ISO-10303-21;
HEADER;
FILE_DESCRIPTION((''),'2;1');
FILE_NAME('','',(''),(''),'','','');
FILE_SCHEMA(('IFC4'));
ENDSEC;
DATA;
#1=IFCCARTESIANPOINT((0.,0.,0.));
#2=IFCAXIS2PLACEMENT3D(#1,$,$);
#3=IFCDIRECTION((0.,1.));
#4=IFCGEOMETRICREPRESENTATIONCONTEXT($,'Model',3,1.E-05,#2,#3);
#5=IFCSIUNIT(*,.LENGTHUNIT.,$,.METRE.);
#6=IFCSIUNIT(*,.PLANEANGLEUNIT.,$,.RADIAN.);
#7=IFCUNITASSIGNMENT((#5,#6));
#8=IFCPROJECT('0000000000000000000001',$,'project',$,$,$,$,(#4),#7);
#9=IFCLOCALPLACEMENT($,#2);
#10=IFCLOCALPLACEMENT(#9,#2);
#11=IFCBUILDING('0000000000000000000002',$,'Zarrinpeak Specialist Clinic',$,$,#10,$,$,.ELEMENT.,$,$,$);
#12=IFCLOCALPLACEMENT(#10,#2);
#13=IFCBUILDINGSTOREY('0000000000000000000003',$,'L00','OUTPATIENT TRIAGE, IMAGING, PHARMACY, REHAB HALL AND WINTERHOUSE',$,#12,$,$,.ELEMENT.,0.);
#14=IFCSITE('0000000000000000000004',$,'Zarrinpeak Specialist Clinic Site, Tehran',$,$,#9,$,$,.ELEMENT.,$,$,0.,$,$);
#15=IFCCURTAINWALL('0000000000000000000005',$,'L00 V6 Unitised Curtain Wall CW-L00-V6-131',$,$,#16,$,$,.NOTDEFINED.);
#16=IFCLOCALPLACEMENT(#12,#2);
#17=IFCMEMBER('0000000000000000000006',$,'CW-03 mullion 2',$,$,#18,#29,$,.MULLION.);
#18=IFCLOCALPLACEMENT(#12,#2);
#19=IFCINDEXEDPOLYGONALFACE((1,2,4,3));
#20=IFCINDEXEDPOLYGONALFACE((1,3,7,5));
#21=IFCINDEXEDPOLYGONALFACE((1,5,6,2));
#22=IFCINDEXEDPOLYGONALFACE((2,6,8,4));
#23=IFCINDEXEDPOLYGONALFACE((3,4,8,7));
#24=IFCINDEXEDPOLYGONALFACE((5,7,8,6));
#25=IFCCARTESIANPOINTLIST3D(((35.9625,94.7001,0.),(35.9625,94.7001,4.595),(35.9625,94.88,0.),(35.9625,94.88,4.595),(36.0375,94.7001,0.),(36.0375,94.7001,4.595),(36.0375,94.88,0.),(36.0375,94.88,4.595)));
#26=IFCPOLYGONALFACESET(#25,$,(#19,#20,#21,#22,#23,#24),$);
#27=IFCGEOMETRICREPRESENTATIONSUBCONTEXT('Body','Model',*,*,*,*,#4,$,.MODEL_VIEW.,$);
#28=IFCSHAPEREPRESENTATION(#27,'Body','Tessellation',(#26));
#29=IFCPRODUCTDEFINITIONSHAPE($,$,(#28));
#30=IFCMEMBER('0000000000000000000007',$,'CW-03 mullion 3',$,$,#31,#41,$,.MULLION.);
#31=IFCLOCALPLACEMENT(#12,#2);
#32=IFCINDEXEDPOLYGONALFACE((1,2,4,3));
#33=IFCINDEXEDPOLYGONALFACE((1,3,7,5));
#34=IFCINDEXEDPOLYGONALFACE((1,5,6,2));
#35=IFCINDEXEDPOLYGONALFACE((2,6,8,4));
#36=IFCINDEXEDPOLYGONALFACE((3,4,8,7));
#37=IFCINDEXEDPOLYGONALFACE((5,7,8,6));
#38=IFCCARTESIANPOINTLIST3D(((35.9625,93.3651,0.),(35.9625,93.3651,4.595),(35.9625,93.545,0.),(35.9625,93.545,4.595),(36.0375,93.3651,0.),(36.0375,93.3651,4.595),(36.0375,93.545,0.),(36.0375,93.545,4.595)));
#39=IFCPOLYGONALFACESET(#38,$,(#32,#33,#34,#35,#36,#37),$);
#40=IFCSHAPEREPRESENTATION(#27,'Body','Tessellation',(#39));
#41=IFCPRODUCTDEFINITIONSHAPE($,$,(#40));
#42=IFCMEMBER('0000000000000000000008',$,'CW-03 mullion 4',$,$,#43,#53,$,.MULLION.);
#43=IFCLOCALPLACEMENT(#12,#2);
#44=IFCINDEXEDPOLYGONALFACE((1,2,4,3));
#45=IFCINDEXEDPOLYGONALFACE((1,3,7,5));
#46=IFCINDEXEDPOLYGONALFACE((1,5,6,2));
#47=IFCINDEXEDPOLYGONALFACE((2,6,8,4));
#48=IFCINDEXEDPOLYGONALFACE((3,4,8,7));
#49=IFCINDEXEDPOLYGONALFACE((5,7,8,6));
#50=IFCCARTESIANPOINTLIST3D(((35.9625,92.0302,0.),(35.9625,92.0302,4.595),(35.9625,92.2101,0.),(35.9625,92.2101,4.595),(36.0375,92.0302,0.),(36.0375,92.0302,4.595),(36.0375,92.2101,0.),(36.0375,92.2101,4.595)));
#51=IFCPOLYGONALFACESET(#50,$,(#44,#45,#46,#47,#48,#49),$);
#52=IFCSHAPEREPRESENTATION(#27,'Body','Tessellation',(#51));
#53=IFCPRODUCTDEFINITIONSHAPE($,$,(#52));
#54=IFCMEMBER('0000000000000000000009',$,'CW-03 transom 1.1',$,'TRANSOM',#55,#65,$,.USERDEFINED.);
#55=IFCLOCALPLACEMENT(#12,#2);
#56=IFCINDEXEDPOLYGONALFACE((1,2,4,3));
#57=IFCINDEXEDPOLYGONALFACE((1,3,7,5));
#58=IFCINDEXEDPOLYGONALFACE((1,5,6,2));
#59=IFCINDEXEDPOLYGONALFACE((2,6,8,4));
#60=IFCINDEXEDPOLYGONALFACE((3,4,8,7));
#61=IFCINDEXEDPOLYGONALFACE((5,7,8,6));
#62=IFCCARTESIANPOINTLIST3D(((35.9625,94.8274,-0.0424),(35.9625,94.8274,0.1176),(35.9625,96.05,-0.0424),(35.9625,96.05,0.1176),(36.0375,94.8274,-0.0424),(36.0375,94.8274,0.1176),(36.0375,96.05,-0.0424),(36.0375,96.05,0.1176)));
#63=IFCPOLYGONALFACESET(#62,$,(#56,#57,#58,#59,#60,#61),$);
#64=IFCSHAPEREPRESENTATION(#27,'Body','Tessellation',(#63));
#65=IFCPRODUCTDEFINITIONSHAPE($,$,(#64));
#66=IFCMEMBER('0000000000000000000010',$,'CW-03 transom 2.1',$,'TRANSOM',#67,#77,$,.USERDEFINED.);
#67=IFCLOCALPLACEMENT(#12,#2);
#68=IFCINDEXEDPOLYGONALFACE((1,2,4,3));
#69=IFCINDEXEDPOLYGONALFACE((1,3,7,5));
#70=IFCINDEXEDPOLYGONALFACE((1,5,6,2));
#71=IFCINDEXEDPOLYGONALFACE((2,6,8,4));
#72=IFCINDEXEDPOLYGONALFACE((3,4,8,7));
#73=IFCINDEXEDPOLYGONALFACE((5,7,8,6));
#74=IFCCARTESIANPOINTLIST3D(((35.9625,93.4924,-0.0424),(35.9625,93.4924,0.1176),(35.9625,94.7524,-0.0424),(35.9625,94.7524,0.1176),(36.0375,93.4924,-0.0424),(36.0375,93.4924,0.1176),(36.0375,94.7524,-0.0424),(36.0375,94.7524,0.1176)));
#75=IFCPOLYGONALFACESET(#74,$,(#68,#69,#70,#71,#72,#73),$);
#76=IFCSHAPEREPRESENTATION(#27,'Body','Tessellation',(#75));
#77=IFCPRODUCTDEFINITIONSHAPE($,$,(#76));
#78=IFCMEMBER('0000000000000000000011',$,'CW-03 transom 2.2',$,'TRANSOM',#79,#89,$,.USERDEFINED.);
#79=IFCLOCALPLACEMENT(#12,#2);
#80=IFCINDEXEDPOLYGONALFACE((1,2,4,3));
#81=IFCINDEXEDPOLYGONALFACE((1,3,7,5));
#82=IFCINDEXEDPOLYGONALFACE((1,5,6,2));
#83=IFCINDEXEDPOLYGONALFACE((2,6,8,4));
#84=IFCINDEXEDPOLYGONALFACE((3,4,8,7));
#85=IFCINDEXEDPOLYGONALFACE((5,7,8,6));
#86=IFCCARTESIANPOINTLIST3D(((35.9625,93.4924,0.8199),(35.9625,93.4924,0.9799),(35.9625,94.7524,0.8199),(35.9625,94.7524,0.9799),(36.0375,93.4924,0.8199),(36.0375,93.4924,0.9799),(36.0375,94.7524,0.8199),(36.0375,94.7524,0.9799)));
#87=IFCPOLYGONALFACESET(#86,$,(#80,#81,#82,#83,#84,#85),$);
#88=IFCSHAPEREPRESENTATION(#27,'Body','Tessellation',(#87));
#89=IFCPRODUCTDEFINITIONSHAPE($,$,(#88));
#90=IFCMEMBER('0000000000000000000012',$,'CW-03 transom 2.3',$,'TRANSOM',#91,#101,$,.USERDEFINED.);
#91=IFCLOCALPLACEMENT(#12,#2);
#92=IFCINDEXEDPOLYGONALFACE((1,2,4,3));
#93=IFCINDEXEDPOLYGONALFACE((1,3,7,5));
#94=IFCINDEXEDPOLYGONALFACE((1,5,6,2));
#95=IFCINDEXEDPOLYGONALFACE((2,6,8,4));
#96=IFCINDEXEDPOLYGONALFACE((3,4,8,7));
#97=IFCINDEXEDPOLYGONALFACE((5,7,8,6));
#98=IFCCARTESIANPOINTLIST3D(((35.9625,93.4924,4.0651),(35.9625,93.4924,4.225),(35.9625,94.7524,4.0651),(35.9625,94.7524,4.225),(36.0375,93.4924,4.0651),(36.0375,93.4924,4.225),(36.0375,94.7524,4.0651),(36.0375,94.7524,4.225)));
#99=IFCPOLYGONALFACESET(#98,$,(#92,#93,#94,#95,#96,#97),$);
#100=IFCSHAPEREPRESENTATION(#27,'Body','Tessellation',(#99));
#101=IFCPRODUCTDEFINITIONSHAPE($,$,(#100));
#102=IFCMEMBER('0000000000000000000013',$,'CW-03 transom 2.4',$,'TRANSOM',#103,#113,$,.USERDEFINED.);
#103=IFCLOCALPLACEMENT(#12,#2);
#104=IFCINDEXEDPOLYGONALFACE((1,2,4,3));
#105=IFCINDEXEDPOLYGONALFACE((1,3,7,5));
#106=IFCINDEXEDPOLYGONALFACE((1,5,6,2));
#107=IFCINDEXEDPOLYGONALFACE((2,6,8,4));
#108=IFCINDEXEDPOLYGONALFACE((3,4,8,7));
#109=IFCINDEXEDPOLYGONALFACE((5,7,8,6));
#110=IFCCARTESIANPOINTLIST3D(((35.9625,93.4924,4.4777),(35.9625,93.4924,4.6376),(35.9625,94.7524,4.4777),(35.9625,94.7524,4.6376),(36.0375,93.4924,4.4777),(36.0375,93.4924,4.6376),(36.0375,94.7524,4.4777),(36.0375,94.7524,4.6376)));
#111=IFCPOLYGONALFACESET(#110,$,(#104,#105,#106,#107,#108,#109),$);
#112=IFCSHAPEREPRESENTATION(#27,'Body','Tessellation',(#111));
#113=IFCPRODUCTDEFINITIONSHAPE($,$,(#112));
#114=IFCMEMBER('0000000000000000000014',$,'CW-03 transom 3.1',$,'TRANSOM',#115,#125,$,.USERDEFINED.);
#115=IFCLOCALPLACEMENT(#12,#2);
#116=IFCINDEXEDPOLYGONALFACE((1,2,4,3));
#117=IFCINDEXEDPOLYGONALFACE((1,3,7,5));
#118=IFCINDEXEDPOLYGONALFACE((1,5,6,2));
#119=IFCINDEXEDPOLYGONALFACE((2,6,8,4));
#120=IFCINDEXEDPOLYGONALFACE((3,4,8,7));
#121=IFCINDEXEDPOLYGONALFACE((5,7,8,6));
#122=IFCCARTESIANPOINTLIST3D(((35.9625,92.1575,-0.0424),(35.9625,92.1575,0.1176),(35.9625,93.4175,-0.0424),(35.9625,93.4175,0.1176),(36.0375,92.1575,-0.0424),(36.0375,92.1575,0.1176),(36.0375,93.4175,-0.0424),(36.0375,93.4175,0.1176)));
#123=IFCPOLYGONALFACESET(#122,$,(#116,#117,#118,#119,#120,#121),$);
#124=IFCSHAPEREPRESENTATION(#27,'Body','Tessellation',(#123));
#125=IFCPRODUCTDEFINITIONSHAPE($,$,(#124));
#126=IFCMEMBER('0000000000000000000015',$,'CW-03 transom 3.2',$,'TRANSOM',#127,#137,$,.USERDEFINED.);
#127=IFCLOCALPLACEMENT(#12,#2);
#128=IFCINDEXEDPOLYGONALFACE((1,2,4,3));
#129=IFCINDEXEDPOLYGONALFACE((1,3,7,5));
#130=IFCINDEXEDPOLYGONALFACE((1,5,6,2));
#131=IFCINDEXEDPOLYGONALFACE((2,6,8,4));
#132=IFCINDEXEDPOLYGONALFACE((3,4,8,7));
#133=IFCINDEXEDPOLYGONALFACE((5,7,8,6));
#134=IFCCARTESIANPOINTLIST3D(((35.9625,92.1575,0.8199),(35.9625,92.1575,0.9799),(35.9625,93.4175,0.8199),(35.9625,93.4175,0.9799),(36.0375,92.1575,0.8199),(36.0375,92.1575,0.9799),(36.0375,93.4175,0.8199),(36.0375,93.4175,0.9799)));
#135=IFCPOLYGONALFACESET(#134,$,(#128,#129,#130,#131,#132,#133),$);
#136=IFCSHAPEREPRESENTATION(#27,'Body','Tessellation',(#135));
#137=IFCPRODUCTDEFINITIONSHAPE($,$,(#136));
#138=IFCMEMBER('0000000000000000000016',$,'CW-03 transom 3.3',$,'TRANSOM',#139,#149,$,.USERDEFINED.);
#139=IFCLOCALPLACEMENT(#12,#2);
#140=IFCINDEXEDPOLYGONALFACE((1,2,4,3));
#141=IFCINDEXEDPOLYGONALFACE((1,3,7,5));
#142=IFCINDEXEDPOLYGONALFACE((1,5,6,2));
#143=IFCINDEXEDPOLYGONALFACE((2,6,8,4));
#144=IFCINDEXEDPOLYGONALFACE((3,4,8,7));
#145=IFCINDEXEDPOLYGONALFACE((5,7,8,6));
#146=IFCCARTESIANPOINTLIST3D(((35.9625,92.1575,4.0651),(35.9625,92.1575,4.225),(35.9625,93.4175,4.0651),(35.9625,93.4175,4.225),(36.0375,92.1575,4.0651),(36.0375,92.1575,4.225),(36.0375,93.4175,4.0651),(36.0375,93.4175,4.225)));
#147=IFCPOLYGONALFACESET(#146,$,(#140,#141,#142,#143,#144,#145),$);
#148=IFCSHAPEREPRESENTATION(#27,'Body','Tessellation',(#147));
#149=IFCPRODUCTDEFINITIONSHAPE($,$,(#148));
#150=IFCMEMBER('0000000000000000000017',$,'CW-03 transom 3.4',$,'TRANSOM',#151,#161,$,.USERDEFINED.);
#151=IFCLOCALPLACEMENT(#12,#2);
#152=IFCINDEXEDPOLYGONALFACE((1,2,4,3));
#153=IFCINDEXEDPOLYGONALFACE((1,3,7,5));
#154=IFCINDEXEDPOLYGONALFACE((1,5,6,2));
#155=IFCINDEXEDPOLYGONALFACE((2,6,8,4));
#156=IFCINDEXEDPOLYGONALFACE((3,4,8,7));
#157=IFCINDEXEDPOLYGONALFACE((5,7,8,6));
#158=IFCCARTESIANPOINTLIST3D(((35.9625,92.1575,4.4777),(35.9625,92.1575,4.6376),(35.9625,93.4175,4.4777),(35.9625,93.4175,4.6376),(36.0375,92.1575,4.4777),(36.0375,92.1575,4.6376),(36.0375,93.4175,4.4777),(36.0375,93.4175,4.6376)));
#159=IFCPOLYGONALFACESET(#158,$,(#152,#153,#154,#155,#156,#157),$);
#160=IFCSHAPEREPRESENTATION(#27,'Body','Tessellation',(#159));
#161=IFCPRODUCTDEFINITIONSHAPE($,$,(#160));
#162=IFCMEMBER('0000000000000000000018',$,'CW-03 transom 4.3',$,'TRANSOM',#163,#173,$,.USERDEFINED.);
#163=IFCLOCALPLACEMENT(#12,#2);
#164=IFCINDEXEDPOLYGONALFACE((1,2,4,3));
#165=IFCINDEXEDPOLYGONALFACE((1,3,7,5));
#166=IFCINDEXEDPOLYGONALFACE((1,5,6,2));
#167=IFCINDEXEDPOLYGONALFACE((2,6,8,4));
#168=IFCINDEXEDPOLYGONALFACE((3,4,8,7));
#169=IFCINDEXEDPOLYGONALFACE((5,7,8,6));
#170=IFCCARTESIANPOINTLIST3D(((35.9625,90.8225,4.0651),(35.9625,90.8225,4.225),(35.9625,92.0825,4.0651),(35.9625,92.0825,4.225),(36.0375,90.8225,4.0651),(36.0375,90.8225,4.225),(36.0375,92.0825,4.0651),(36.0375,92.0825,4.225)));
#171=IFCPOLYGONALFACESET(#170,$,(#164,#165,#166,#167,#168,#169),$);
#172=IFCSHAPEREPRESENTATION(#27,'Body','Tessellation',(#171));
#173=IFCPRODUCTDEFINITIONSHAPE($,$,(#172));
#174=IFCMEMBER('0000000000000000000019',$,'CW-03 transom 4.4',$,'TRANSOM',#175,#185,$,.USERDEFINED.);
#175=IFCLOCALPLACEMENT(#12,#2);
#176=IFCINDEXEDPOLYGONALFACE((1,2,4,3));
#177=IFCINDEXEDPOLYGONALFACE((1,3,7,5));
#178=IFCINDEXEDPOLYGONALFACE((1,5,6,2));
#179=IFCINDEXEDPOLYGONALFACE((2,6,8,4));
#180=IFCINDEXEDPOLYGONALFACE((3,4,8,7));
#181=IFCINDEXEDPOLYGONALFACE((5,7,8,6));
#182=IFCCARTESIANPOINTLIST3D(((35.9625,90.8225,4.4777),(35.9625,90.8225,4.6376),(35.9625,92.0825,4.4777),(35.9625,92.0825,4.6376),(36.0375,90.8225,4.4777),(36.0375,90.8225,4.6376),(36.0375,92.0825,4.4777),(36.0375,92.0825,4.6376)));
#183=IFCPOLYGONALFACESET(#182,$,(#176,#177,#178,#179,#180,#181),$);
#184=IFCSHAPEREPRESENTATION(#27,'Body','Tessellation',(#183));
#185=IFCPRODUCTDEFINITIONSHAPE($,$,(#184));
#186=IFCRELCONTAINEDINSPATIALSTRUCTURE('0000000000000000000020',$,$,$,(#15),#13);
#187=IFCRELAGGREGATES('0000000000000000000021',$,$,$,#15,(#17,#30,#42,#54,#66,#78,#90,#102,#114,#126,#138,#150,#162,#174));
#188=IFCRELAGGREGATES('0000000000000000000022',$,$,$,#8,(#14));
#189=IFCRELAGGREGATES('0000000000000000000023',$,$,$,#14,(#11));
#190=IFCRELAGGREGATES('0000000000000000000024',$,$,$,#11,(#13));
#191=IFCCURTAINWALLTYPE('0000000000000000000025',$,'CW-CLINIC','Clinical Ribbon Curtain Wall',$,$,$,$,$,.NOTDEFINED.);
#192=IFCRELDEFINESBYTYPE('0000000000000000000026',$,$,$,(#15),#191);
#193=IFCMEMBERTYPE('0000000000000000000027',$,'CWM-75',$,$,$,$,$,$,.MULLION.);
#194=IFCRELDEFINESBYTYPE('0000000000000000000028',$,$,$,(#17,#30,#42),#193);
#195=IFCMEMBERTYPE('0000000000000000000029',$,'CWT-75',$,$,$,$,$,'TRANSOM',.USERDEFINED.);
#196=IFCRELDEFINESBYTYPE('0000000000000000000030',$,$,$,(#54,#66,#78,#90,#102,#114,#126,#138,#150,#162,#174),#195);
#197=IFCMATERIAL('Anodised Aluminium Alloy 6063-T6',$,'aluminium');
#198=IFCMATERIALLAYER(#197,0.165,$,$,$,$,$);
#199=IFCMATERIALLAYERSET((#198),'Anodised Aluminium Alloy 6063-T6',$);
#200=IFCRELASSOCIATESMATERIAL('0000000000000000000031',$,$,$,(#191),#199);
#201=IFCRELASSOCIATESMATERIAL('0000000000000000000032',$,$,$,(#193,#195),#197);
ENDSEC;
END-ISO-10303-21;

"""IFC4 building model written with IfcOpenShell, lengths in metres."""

from ifc_helpers import new_model, si_unit, direction, frame, origin, origin_2d, place, context, subcontext, project, spatial, rectangle, extrude, material, layer, layer_set, material_profile, profile_set, type_object, element, aggregate, save


model = new_model("IFC4")

# Units and contexts
model_context = context("Model", 3, precision=1e-05, world=origin(), true_north=direction((0.0, 1.0)))
body_context = subcontext(model_context, "Body", "Model", "MODEL_VIEW")
ifc_project = project(units=[si_unit("LENGTHUNIT", "METRE"), si_unit("PLANEANGLEUNIT", "RADIAN")], contexts=[model_context])

# Site, building, storey
site_placement = place(None, origin())
site = spatial("IfcSite", under=ifc_project, at=site_placement, Name="Zarrinpeak Specialist Clinic Site, Tehran", CompositionType="ELEMENT", RefElevation=0.0)
building_placement = place(site_placement, origin())
building = spatial("IfcBuilding", under=site, at=building_placement, Name="Zarrinpeak Specialist Clinic", CompositionType="ELEMENT")
storey_placement = place(building_placement, origin())
storey = spatial("IfcBuildingStorey", under=building, at=storey_placement, Name="L00", Description="OUTPATIENT TRIAGE, IMAGING, PHARMACY, REHAB HALL AND WINTERHOUSE", CompositionType="ELEMENT", Elevation=0.0)

# Curtain wall, members
ifc_material_1 = material(Name="Anodised Aluminium Alloy 6063-T6", Category="aluminium")
ifc_layer_1 = layer(ifc_material_1, 0.165)
ifc_layer_set_1 = layer_set([ifc_layer_1], Name="Anodised Aluminium Alloy 6063-T6")
curtain_wall_type = type_object("IfcCurtainWallType", Name="CW-CLINIC", Description="Clinical Ribbon Curtain Wall", PredefinedType="NOTDEFINED", material=ifc_layer_set_1)
curtain_wall_placement = place(storey_placement, origin())
curtain_wall = element("IfcCurtainWall", 1, at=curtain_wall_placement, inside=storey, type_object=curtain_wall_type, Name="L00 V6 Unitised Curtain Wall CW-L00-V6-131", PredefinedType="NOTDEFINED")
ifc_material_profile_1 = material_profile(ifc_material_1, rectangle(XDim=0.075, YDim=0.1799, at=origin_2d()), Name="ALU 75x180")
ifc_profile_set_1 = profile_set([ifc_material_profile_1], Name="Anodised Aluminium Alloy 6063-T6")
member_type_1 = type_object("IfcMemberType", Name="CWM-75", PredefinedType="MULLION", material=ifc_profile_set_1)
member_1_placement = place(storey_placement, frame((36.0, 94.79, 0.0), z_axis=(0.0, 0.0, 1.0), x_axis=(1.0, 0.0, 0.0)))
member_1 = element("IfcMember", 2, at=member_1_placement, type_object=member_type_1, Name="CW-03 mullion 2", PredefinedType="MULLION", context=body_context, shape_type="SweptSolid", body=[
    extrude(rectangle(XDim=0.075, YDim=0.1799, at=origin_2d()), origin(), (0.0, 0.0, 1.0), 4.595),
])
member_2_placement = place(storey_placement, frame((36.0, 93.4551, 0.0), z_axis=(0.0, 0.0, 1.0), x_axis=(1.0, 0.0, 0.0)))
member_2 = element("IfcMember", 3, at=member_2_placement, type_object=member_type_1, Name="CW-03 mullion 3", PredefinedType="MULLION", context=body_context, shape_type="SweptSolid", body=[
    extrude(rectangle(XDim=0.075, YDim=0.1799, at=origin_2d()), origin(), (0.0, 0.0, 1.0), 4.595),
])
member_3_placement = place(storey_placement, frame((36.0, 92.1201, 0.0), z_axis=(0.0, 0.0, 1.0), x_axis=(1.0, 0.0, 0.0)))
member_3 = element("IfcMember", 4, at=member_3_placement, type_object=member_type_1, Name="CW-03 mullion 4", PredefinedType="MULLION", context=body_context, shape_type="SweptSolid", body=[
    extrude(rectangle(XDim=0.075, YDim=0.1799, at=origin_2d()), origin(), (0.0, 0.0, 1.0), 4.595),
])
ifc_material_profile_2 = material_profile(ifc_material_1, rectangle(XDim=0.075, YDim=0.1599, at=origin_2d()), Name="ALU 75x160")
ifc_profile_set_2 = profile_set([ifc_material_profile_2], Name="Anodised Aluminium Alloy 6063-T6")
member_type_2 = type_object("IfcMemberType", Name="CWT-75", ElementType="TRANSOM", PredefinedType="USERDEFINED", material=ifc_profile_set_2)
member_4_placement = place(storey_placement, frame((36.0, 96.05, 0.0376), z_axis=(0.0, -1.0, 0.0), x_axis=(1.0, 0.0, 0.0)))
member_4 = element("IfcMember", 5, at=member_4_placement, type_object=member_type_2, Name="CW-03 transom 1.1", ObjectType="TRANSOM", PredefinedType="USERDEFINED", context=body_context, shape_type="SweptSolid", body=[
    extrude(rectangle(XDim=0.075, YDim=0.1599, at=origin_2d()), origin(), (0.0, 0.0, 1.0), 1.2227),
])
member_5_placement = place(storey_placement, frame((36.0, 94.7524, 0.0376), z_axis=(0.0, -1.0, 0.0), x_axis=(1.0, 0.0, 0.0)))
member_5 = element("IfcMember", 6, at=member_5_placement, type_object=member_type_2, Name="CW-03 transom 2.1", ObjectType="TRANSOM", PredefinedType="USERDEFINED", context=body_context, shape_type="SweptSolid", body=[
    extrude(rectangle(XDim=0.075, YDim=0.1599, at=origin_2d()), origin(), (0.0, 0.0, 1.0), 1.26),
])
member_6_placement = place(storey_placement, frame((36.0, 94.7524, 0.8999), z_axis=(0.0, -1.0, 0.0), x_axis=(1.0, 0.0, 0.0)))
member_6 = element("IfcMember", 7, at=member_6_placement, type_object=member_type_2, Name="CW-03 transom 2.2", ObjectType="TRANSOM", PredefinedType="USERDEFINED", context=body_context, shape_type="SweptSolid", body=[
    extrude(rectangle(XDim=0.075, YDim=0.1599, at=origin_2d()), origin(), (0.0, 0.0, 1.0), 1.26),
])
member_7_placement = place(storey_placement, frame((36.0, 94.7524, 4.145), z_axis=(0.0, -1.0, 0.0), x_axis=(1.0, 0.0, 0.0)))
member_7 = element("IfcMember", 8, at=member_7_placement, type_object=member_type_2, Name="CW-03 transom 2.3", ObjectType="TRANSOM", PredefinedType="USERDEFINED", context=body_context, shape_type="SweptSolid", body=[
    extrude(rectangle(XDim=0.075, YDim=0.1599, at=origin_2d()), origin(), (0.0, 0.0, 1.0), 1.26),
])
member_8_placement = place(storey_placement, frame((36.0, 94.7524, 4.5576), z_axis=(0.0, -1.0, 0.0), x_axis=(1.0, 0.0, 0.0)))
member_8 = element("IfcMember", 9, at=member_8_placement, type_object=member_type_2, Name="CW-03 transom 2.4", ObjectType="TRANSOM", PredefinedType="USERDEFINED", context=body_context, shape_type="SweptSolid", body=[
    extrude(rectangle(XDim=0.075, YDim=0.1599, at=origin_2d()), origin(), (0.0, 0.0, 1.0), 1.26),
])
member_9_placement = place(storey_placement, frame((36.0, 93.4175, 0.0376), z_axis=(0.0, -1.0, 0.0), x_axis=(1.0, 0.0, 0.0)))
member_9 = element("IfcMember", 10, at=member_9_placement, type_object=member_type_2, Name="CW-03 transom 3.1", ObjectType="TRANSOM", PredefinedType="USERDEFINED", context=body_context, shape_type="SweptSolid", body=[
    extrude(rectangle(XDim=0.075, YDim=0.1599, at=origin_2d()), origin(), (0.0, 0.0, 1.0), 1.26),
])
member_10_placement = place(storey_placement, frame((36.0, 93.4175, 0.8999), z_axis=(0.0, -1.0, 0.0), x_axis=(1.0, 0.0, 0.0)))
member_10 = element("IfcMember", 11, at=member_10_placement, type_object=member_type_2, Name="CW-03 transom 3.2", ObjectType="TRANSOM", PredefinedType="USERDEFINED", context=body_context, shape_type="SweptSolid", body=[
    extrude(rectangle(XDim=0.075, YDim=0.1599, at=origin_2d()), origin(), (0.0, 0.0, 1.0), 1.26),
])
member_11_placement = place(storey_placement, frame((36.0, 93.4175, 4.145), z_axis=(0.0, -1.0, 0.0), x_axis=(1.0, 0.0, 0.0)))
member_11 = element("IfcMember", 12, at=member_11_placement, type_object=member_type_2, Name="CW-03 transom 3.3", ObjectType="TRANSOM", PredefinedType="USERDEFINED", context=body_context, shape_type="SweptSolid", body=[
    extrude(rectangle(XDim=0.075, YDim=0.1599, at=origin_2d()), origin(), (0.0, 0.0, 1.0), 1.26),
])
member_12_placement = place(storey_placement, frame((36.0, 93.4175, 4.5576), z_axis=(0.0, -1.0, 0.0), x_axis=(1.0, 0.0, 0.0)))
member_12 = element("IfcMember", 13, at=member_12_placement, type_object=member_type_2, Name="CW-03 transom 3.4", ObjectType="TRANSOM", PredefinedType="USERDEFINED", context=body_context, shape_type="SweptSolid", body=[
    extrude(rectangle(XDim=0.075, YDim=0.1599, at=origin_2d()), origin(), (0.0, 0.0, 1.0), 1.26),
])
member_13_placement = place(storey_placement, frame((36.0, 92.0825, 4.145), z_axis=(0.0, -1.0, 0.0), x_axis=(1.0, 0.0, 0.0)))
member_13 = element("IfcMember", 14, at=member_13_placement, type_object=member_type_2, Name="CW-03 transom 4.3", ObjectType="TRANSOM", PredefinedType="USERDEFINED", context=body_context, shape_type="SweptSolid", body=[
    extrude(rectangle(XDim=0.075, YDim=0.1599, at=origin_2d()), origin(), (0.0, 0.0, 1.0), 1.26),
])
member_14_placement = place(storey_placement, frame((36.0, 92.0825, 4.5576), z_axis=(0.0, -1.0, 0.0), x_axis=(1.0, 0.0, 0.0)))
member_14 = element("IfcMember", 15, at=member_14_placement, type_object=member_type_2, Name="CW-03 transom 4.4", ObjectType="TRANSOM", PredefinedType="USERDEFINED", context=body_context, shape_type="SweptSolid", body=[
    extrude(rectangle(XDim=0.075, YDim=0.1599, at=origin_2d()), origin(), (0.0, 0.0, 1.0), 1.26),
])
aggregate(curtain_wall, [member_1, member_2, member_3, member_4, member_5, member_6, member_7, member_8, member_9, member_10, member_11, member_12, member_13, member_14])

save(model, "model.ifc")
